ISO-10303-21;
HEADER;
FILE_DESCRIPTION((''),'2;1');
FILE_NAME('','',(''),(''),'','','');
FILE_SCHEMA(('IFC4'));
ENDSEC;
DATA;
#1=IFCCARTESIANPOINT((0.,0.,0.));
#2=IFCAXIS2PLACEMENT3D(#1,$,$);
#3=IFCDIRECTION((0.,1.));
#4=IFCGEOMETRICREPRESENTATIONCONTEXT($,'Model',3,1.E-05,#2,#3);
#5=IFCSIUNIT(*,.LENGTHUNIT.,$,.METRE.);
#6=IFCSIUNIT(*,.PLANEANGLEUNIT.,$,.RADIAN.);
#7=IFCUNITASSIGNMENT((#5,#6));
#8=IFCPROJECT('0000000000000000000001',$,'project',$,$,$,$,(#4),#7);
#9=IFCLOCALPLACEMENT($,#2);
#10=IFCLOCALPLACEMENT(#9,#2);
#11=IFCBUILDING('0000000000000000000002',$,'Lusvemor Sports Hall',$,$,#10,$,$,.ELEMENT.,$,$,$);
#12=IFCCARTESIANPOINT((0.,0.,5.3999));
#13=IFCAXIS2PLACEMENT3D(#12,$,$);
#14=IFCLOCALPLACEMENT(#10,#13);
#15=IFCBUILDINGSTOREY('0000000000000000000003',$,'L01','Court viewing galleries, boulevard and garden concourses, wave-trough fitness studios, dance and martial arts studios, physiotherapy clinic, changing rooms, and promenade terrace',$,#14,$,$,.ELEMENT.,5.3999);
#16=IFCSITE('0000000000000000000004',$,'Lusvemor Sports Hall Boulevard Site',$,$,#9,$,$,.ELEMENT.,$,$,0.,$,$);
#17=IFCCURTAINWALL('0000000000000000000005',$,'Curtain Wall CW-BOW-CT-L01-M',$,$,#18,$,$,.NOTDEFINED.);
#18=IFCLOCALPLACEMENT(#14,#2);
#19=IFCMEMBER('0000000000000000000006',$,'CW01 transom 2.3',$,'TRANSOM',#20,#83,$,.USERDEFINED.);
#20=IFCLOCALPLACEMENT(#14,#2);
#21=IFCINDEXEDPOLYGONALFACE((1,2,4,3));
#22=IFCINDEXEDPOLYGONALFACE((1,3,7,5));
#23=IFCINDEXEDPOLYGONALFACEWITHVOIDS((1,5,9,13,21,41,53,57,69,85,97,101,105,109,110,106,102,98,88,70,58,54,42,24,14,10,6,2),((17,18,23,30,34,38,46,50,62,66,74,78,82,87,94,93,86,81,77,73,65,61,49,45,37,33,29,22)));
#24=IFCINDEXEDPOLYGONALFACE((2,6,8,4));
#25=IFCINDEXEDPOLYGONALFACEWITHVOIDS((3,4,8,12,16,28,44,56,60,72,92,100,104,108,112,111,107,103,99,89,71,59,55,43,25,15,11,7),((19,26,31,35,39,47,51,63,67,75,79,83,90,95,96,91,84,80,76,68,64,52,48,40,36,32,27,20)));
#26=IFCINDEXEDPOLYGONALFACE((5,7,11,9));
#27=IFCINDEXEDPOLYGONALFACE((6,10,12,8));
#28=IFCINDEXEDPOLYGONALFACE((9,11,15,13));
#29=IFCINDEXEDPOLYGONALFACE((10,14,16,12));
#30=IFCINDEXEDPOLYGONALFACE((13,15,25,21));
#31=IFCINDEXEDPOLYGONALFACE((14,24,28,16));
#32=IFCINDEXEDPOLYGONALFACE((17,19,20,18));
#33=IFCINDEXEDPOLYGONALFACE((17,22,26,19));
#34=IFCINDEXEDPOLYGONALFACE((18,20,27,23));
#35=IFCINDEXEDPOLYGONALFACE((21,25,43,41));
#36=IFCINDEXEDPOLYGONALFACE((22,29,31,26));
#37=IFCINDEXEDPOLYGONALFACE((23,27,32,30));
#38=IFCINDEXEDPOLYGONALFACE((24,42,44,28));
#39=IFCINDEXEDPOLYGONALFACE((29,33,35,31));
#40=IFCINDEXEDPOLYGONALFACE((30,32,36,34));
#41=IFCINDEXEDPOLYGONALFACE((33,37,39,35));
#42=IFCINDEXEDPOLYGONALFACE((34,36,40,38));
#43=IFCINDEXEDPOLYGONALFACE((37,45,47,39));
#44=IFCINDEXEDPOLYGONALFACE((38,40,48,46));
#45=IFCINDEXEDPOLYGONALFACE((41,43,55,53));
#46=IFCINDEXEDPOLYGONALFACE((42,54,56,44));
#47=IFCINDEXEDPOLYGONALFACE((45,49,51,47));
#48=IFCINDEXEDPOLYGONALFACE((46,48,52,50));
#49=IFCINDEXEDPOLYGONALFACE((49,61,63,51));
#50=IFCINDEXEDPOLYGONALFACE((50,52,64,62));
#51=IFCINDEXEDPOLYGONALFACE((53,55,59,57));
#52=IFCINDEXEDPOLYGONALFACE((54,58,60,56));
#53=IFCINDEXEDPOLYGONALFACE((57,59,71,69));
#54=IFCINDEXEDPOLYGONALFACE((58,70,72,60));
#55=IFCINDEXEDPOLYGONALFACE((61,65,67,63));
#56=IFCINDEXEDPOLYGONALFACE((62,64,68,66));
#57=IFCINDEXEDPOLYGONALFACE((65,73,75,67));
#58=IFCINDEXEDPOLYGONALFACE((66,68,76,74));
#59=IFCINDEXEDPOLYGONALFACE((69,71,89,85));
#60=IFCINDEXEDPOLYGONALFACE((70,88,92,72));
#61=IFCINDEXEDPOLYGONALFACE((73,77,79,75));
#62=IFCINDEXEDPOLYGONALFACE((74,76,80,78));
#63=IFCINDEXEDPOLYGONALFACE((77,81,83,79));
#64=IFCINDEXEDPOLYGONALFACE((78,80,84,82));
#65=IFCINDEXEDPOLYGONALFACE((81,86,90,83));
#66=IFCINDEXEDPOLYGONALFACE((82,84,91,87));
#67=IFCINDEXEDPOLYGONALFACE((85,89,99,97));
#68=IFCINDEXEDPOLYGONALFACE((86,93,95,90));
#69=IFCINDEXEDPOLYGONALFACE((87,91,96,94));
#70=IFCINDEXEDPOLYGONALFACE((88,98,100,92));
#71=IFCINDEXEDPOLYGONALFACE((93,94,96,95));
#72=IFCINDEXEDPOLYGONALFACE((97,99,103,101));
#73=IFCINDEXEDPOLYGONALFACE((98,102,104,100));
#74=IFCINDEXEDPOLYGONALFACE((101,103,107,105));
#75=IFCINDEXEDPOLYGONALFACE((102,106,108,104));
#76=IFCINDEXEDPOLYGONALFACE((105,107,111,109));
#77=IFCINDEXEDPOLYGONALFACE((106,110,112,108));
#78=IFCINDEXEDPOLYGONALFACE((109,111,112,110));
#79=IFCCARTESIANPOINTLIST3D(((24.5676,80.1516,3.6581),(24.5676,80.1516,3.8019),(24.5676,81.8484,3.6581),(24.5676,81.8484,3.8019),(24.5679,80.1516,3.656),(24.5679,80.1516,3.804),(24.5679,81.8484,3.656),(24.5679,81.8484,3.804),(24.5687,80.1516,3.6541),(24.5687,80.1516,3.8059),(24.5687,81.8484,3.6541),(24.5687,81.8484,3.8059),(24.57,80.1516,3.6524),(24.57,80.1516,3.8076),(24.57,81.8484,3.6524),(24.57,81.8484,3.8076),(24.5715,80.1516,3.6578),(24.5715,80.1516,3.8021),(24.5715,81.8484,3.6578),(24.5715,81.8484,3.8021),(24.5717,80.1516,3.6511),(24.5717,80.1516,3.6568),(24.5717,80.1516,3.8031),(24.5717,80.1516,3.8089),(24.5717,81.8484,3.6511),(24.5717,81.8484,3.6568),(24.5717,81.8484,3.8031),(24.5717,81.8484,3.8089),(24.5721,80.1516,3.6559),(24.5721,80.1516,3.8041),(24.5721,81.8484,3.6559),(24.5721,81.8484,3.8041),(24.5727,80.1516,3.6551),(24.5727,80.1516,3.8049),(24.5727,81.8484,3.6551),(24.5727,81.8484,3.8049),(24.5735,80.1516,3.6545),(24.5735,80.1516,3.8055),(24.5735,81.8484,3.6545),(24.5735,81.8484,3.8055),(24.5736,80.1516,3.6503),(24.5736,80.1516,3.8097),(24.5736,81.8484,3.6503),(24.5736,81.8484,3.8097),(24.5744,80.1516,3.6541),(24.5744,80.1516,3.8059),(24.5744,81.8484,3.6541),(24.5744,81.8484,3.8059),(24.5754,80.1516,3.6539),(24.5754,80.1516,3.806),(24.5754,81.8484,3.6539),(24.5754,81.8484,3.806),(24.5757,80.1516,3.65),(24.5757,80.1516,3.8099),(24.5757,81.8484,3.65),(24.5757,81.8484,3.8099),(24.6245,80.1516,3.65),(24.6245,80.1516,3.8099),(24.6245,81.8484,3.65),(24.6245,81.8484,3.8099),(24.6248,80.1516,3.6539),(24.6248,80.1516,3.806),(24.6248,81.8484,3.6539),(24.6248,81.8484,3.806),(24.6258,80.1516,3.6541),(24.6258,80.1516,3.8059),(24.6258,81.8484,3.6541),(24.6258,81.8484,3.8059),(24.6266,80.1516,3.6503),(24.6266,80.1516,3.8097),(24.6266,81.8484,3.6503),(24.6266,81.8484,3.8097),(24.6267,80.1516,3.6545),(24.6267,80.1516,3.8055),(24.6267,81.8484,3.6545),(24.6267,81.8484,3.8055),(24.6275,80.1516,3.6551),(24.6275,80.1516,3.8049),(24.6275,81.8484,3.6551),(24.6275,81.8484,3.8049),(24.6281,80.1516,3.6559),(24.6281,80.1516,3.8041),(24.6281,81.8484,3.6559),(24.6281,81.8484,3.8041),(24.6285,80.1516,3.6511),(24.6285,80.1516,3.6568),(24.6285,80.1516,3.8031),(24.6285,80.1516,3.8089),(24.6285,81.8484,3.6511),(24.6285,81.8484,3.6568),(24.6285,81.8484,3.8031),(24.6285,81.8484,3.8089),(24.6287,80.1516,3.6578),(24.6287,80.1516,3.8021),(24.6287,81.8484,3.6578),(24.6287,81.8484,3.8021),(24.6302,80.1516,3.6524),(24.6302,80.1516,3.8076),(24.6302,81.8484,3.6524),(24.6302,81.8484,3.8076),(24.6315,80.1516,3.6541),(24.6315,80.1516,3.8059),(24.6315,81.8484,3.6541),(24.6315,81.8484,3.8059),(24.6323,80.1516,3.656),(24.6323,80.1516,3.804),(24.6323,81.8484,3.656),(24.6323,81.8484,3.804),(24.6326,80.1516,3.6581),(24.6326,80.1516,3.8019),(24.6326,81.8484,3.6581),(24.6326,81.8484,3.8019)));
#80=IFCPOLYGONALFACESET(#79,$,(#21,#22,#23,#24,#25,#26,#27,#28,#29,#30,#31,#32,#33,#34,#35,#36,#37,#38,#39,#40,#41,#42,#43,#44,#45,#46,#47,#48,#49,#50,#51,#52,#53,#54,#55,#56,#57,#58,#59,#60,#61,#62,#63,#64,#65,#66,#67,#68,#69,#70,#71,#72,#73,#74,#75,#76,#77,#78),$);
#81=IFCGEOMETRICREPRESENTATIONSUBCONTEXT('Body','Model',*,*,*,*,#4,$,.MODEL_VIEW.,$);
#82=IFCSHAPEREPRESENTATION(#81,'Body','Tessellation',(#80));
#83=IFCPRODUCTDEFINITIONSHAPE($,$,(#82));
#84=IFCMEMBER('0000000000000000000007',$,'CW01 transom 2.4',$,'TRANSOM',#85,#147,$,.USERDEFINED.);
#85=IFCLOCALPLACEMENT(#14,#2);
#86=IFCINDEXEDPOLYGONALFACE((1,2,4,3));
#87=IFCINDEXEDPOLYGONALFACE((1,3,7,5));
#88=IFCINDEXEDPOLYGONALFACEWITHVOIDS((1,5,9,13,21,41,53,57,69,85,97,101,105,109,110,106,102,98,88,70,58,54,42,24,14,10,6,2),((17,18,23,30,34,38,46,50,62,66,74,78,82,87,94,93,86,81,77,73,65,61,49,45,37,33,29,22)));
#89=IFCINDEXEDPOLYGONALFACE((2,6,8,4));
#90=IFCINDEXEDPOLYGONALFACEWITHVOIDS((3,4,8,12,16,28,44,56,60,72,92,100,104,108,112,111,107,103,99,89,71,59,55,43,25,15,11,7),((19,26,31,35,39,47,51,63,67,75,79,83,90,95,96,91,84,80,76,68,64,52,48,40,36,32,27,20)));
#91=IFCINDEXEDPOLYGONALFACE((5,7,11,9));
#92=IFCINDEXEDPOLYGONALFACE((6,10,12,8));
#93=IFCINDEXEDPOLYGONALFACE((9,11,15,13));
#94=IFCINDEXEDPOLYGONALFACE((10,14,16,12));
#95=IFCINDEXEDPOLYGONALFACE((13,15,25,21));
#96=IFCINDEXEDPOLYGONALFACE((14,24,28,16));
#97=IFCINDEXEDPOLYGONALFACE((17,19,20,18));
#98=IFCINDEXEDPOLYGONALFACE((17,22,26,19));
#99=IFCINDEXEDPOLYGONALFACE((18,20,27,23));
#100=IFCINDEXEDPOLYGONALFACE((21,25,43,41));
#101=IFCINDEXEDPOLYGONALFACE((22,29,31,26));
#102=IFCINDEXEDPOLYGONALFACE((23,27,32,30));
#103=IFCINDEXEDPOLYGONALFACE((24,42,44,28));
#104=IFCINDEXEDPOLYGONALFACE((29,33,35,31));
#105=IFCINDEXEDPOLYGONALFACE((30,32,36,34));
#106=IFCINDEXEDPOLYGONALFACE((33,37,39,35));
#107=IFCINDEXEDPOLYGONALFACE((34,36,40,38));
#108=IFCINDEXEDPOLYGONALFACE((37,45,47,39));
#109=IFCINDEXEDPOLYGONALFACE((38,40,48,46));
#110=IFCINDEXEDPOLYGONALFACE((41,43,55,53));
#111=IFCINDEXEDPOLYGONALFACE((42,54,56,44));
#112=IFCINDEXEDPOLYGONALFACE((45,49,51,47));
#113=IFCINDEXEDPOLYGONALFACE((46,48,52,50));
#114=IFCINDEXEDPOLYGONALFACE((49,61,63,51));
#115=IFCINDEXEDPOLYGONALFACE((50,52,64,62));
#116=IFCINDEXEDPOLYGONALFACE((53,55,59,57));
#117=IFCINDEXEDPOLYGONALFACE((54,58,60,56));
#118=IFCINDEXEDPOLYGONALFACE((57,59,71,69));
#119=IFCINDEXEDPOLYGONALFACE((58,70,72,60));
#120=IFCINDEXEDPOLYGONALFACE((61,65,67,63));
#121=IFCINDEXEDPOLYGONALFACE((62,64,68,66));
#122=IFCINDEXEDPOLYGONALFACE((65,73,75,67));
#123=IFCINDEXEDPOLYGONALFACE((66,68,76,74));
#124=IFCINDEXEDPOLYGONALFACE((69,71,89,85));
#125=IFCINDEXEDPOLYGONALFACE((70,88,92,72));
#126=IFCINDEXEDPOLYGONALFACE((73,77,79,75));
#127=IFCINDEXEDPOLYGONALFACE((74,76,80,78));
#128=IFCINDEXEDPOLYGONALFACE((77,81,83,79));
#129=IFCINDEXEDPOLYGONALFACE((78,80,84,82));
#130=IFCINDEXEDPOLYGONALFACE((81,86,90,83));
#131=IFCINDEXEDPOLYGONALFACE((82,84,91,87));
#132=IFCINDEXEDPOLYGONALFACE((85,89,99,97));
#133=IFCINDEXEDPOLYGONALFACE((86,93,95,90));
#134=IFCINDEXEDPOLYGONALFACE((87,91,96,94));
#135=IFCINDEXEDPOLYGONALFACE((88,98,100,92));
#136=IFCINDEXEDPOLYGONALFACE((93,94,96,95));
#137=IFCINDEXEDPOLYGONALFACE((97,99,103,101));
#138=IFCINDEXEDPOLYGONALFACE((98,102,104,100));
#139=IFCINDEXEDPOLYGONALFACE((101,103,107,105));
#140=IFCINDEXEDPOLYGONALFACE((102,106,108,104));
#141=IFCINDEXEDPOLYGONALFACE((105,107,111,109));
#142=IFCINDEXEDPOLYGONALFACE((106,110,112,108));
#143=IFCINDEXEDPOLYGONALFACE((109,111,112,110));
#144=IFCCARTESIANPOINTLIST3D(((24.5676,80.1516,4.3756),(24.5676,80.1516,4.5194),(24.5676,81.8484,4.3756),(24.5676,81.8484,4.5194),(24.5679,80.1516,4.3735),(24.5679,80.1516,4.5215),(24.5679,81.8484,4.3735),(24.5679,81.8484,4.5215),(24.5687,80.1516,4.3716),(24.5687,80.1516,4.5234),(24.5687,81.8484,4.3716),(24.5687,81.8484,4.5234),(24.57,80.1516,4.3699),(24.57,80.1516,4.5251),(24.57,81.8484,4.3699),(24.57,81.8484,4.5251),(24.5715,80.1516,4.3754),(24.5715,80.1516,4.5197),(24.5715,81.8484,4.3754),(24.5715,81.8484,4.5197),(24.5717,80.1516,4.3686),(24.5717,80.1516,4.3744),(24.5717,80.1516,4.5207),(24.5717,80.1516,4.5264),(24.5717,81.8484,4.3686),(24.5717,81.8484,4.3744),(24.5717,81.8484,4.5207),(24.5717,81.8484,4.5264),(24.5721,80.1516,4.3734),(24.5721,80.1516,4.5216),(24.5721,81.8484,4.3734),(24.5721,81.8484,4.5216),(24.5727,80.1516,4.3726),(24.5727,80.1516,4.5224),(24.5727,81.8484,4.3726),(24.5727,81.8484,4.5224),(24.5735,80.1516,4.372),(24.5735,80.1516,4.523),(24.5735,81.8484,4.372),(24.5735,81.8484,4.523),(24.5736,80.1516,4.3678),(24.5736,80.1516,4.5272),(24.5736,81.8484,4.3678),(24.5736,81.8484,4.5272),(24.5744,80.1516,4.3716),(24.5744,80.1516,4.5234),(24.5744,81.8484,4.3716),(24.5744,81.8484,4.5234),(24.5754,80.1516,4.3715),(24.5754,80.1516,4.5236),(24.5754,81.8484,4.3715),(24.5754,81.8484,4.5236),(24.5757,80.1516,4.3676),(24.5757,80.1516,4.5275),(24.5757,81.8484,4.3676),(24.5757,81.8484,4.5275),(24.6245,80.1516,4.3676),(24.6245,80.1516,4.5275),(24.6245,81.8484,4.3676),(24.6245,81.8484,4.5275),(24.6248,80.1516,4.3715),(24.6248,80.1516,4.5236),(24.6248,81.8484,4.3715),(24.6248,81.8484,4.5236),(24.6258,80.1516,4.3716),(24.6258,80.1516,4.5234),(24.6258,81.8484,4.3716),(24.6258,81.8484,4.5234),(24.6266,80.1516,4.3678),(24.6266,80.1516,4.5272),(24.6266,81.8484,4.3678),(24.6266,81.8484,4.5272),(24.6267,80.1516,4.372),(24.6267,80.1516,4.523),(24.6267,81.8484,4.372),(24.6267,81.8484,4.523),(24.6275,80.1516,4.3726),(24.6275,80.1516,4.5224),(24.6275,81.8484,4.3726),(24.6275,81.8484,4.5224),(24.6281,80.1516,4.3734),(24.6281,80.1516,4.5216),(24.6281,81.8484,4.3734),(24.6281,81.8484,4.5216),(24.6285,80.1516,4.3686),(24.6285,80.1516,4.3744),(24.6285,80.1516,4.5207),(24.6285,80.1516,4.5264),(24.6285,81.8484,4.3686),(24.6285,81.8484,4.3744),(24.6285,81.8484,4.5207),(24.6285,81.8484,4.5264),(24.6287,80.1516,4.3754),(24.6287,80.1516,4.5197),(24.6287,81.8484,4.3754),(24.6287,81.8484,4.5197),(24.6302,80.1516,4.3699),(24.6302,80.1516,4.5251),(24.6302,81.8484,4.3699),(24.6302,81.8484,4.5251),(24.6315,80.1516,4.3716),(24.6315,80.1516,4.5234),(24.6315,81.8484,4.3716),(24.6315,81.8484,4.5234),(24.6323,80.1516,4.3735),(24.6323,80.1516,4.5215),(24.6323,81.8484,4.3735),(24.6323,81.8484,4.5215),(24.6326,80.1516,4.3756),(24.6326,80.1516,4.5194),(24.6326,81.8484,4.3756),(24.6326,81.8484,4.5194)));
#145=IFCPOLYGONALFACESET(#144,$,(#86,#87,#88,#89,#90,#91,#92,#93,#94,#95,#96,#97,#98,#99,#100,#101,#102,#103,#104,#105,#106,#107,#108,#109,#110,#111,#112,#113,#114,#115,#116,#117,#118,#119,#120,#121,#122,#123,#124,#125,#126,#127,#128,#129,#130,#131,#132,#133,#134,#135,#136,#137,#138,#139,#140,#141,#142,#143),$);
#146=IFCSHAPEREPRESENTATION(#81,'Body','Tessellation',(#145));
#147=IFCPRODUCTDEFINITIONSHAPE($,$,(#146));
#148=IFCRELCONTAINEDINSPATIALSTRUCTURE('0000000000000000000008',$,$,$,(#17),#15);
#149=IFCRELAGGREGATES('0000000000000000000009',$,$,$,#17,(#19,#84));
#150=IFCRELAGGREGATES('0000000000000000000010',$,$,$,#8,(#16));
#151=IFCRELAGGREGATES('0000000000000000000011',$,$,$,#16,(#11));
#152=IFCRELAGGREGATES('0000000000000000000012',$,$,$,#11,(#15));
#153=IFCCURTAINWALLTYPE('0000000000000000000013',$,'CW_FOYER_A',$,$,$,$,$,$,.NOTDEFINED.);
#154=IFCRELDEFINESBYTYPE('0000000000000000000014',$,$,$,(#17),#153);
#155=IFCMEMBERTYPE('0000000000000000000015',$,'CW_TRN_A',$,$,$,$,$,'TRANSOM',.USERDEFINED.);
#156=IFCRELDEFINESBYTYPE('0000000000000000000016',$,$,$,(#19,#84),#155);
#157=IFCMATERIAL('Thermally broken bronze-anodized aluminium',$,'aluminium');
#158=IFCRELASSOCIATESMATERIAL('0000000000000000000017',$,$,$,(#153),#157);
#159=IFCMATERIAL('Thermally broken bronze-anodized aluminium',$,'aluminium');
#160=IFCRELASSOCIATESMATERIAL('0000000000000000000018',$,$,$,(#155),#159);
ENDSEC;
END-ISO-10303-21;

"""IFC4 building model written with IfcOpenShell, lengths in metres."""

from ifc_helpers import new_model, si_unit, direction, frame, origin, origin_2d, place, context, subcontext, project, spatial, hollow_rectangle, extrude, material, material_profile, profile_set, type_object, element, aggregate, save


model = new_model("IFC4")

# Units and contexts
model_context = context("Model", 3, precision=1e-05, world=origin(), true_north=direction((0.0, 1.0)))
body_context = subcontext(model_context, "Body", "Model", "MODEL_VIEW")
ifc_project = project(units=[si_unit("LENGTHUNIT", "METRE"), si_unit("PLANEANGLEUNIT", "RADIAN")], contexts=[model_context])

# Site, building, storey
site_placement = place(None, origin())
site = spatial("IfcSite", under=ifc_project, at=site_placement, Name="Lusvemor Sports Hall Boulevard Site", CompositionType="ELEMENT", RefElevation=0.0)
building_placement = place(site_placement, origin())
building = spatial("IfcBuilding", under=site, at=building_placement, Name="Lusvemor Sports Hall", CompositionType="ELEMENT")
storey_placement = place(building_placement, frame((0.0, 0.0, 5.3999)))
storey = spatial("IfcBuildingStorey", under=building, at=storey_placement, Name="L01", Description="Court viewing galleries, boulevard and garden concourses, wave-trough fitness studios, dance and martial arts studios, physiotherapy clinic, changing rooms, and promenade terrace", CompositionType="ELEMENT", Elevation=5.3999)

# Curtain wall, members
ifc_material_1 = material(Name="Thermally broken bronze-anodized aluminium", Category="aluminium")
curtain_wall_type = type_object("IfcCurtainWallType", Name="CW_FOYER_A", PredefinedType="NOTDEFINED", material=ifc_material_1)
curtain_wall_placement = place(storey_placement, origin())
curtain_wall = element("IfcCurtainWall", 1, at=curtain_wall_placement, inside=storey, type_object=curtain_wall_type, Name="Curtain Wall CW-BOW-CT-L01-M", PredefinedType="NOTDEFINED")
ifc_material_2 = material(Name="Thermally broken bronze-anodized aluminium", Category="aluminium")
ifc_material_profile_1 = material_profile(ifc_material_2, hollow_rectangle(XDim=0.0649, YDim=0.1599, WallThickness=0.0039, InnerFilletRadius=0.0039, OuterFilletRadius=0.0081, at=origin_2d()), Name="CWTRN160x65x4")
ifc_profile_set_1 = profile_set([ifc_material_profile_1], Name="Thermally broken bronze-anodized aluminium")
member_type_1 = type_object("IfcMemberType", Name="CW_TRN_A", ElementType="TRANSOM", PredefinedType="USERDEFINED", material=ifc_profile_set_1)
member_1_placement = place(storey_placement, frame((24.6001, 81.8484, 3.73), z_axis=(0.0, -1.0, 0.0), x_axis=(1.0, 0.0, 0.0)))
member_1 = element("IfcMember", 2, at=member_1_placement, type_object=member_type_1, Name="CW01 transom 2.3", ObjectType="TRANSOM", PredefinedType="USERDEFINED", context=body_context, shape_type="SweptSolid", body=[
    extrude(hollow_rectangle(XDim=0.0649, YDim=0.1599, WallThickness=0.0039, InnerFilletRadius=0.0039, OuterFilletRadius=0.0081, at=origin_2d()), origin(), (0.0, 0.0, 1.0), 1.6968),
])
member_2_placement = place(storey_placement, frame((24.6001, 81.8484, 4.4475), z_axis=(0.0, -1.0, 0.0), x_axis=(1.0, 0.0, 0.0)))
member_2 = element("IfcMember", 3, at=member_2_placement, type_object=member_type_1, Name="CW01 transom 2.4", ObjectType="TRANSOM", PredefinedType="USERDEFINED", context=body_context, shape_type="SweptSolid", body=[
    extrude(hollow_rectangle(XDim=0.0649, YDim=0.1599, WallThickness=0.0039, InnerFilletRadius=0.0039, OuterFilletRadius=0.0081, at=origin_2d()), origin(), (0.0, 0.0, 1.0), 1.6968),
])

aggregate(curtain_wall, [member_1, member_2])

save(model, "model.ifc")
